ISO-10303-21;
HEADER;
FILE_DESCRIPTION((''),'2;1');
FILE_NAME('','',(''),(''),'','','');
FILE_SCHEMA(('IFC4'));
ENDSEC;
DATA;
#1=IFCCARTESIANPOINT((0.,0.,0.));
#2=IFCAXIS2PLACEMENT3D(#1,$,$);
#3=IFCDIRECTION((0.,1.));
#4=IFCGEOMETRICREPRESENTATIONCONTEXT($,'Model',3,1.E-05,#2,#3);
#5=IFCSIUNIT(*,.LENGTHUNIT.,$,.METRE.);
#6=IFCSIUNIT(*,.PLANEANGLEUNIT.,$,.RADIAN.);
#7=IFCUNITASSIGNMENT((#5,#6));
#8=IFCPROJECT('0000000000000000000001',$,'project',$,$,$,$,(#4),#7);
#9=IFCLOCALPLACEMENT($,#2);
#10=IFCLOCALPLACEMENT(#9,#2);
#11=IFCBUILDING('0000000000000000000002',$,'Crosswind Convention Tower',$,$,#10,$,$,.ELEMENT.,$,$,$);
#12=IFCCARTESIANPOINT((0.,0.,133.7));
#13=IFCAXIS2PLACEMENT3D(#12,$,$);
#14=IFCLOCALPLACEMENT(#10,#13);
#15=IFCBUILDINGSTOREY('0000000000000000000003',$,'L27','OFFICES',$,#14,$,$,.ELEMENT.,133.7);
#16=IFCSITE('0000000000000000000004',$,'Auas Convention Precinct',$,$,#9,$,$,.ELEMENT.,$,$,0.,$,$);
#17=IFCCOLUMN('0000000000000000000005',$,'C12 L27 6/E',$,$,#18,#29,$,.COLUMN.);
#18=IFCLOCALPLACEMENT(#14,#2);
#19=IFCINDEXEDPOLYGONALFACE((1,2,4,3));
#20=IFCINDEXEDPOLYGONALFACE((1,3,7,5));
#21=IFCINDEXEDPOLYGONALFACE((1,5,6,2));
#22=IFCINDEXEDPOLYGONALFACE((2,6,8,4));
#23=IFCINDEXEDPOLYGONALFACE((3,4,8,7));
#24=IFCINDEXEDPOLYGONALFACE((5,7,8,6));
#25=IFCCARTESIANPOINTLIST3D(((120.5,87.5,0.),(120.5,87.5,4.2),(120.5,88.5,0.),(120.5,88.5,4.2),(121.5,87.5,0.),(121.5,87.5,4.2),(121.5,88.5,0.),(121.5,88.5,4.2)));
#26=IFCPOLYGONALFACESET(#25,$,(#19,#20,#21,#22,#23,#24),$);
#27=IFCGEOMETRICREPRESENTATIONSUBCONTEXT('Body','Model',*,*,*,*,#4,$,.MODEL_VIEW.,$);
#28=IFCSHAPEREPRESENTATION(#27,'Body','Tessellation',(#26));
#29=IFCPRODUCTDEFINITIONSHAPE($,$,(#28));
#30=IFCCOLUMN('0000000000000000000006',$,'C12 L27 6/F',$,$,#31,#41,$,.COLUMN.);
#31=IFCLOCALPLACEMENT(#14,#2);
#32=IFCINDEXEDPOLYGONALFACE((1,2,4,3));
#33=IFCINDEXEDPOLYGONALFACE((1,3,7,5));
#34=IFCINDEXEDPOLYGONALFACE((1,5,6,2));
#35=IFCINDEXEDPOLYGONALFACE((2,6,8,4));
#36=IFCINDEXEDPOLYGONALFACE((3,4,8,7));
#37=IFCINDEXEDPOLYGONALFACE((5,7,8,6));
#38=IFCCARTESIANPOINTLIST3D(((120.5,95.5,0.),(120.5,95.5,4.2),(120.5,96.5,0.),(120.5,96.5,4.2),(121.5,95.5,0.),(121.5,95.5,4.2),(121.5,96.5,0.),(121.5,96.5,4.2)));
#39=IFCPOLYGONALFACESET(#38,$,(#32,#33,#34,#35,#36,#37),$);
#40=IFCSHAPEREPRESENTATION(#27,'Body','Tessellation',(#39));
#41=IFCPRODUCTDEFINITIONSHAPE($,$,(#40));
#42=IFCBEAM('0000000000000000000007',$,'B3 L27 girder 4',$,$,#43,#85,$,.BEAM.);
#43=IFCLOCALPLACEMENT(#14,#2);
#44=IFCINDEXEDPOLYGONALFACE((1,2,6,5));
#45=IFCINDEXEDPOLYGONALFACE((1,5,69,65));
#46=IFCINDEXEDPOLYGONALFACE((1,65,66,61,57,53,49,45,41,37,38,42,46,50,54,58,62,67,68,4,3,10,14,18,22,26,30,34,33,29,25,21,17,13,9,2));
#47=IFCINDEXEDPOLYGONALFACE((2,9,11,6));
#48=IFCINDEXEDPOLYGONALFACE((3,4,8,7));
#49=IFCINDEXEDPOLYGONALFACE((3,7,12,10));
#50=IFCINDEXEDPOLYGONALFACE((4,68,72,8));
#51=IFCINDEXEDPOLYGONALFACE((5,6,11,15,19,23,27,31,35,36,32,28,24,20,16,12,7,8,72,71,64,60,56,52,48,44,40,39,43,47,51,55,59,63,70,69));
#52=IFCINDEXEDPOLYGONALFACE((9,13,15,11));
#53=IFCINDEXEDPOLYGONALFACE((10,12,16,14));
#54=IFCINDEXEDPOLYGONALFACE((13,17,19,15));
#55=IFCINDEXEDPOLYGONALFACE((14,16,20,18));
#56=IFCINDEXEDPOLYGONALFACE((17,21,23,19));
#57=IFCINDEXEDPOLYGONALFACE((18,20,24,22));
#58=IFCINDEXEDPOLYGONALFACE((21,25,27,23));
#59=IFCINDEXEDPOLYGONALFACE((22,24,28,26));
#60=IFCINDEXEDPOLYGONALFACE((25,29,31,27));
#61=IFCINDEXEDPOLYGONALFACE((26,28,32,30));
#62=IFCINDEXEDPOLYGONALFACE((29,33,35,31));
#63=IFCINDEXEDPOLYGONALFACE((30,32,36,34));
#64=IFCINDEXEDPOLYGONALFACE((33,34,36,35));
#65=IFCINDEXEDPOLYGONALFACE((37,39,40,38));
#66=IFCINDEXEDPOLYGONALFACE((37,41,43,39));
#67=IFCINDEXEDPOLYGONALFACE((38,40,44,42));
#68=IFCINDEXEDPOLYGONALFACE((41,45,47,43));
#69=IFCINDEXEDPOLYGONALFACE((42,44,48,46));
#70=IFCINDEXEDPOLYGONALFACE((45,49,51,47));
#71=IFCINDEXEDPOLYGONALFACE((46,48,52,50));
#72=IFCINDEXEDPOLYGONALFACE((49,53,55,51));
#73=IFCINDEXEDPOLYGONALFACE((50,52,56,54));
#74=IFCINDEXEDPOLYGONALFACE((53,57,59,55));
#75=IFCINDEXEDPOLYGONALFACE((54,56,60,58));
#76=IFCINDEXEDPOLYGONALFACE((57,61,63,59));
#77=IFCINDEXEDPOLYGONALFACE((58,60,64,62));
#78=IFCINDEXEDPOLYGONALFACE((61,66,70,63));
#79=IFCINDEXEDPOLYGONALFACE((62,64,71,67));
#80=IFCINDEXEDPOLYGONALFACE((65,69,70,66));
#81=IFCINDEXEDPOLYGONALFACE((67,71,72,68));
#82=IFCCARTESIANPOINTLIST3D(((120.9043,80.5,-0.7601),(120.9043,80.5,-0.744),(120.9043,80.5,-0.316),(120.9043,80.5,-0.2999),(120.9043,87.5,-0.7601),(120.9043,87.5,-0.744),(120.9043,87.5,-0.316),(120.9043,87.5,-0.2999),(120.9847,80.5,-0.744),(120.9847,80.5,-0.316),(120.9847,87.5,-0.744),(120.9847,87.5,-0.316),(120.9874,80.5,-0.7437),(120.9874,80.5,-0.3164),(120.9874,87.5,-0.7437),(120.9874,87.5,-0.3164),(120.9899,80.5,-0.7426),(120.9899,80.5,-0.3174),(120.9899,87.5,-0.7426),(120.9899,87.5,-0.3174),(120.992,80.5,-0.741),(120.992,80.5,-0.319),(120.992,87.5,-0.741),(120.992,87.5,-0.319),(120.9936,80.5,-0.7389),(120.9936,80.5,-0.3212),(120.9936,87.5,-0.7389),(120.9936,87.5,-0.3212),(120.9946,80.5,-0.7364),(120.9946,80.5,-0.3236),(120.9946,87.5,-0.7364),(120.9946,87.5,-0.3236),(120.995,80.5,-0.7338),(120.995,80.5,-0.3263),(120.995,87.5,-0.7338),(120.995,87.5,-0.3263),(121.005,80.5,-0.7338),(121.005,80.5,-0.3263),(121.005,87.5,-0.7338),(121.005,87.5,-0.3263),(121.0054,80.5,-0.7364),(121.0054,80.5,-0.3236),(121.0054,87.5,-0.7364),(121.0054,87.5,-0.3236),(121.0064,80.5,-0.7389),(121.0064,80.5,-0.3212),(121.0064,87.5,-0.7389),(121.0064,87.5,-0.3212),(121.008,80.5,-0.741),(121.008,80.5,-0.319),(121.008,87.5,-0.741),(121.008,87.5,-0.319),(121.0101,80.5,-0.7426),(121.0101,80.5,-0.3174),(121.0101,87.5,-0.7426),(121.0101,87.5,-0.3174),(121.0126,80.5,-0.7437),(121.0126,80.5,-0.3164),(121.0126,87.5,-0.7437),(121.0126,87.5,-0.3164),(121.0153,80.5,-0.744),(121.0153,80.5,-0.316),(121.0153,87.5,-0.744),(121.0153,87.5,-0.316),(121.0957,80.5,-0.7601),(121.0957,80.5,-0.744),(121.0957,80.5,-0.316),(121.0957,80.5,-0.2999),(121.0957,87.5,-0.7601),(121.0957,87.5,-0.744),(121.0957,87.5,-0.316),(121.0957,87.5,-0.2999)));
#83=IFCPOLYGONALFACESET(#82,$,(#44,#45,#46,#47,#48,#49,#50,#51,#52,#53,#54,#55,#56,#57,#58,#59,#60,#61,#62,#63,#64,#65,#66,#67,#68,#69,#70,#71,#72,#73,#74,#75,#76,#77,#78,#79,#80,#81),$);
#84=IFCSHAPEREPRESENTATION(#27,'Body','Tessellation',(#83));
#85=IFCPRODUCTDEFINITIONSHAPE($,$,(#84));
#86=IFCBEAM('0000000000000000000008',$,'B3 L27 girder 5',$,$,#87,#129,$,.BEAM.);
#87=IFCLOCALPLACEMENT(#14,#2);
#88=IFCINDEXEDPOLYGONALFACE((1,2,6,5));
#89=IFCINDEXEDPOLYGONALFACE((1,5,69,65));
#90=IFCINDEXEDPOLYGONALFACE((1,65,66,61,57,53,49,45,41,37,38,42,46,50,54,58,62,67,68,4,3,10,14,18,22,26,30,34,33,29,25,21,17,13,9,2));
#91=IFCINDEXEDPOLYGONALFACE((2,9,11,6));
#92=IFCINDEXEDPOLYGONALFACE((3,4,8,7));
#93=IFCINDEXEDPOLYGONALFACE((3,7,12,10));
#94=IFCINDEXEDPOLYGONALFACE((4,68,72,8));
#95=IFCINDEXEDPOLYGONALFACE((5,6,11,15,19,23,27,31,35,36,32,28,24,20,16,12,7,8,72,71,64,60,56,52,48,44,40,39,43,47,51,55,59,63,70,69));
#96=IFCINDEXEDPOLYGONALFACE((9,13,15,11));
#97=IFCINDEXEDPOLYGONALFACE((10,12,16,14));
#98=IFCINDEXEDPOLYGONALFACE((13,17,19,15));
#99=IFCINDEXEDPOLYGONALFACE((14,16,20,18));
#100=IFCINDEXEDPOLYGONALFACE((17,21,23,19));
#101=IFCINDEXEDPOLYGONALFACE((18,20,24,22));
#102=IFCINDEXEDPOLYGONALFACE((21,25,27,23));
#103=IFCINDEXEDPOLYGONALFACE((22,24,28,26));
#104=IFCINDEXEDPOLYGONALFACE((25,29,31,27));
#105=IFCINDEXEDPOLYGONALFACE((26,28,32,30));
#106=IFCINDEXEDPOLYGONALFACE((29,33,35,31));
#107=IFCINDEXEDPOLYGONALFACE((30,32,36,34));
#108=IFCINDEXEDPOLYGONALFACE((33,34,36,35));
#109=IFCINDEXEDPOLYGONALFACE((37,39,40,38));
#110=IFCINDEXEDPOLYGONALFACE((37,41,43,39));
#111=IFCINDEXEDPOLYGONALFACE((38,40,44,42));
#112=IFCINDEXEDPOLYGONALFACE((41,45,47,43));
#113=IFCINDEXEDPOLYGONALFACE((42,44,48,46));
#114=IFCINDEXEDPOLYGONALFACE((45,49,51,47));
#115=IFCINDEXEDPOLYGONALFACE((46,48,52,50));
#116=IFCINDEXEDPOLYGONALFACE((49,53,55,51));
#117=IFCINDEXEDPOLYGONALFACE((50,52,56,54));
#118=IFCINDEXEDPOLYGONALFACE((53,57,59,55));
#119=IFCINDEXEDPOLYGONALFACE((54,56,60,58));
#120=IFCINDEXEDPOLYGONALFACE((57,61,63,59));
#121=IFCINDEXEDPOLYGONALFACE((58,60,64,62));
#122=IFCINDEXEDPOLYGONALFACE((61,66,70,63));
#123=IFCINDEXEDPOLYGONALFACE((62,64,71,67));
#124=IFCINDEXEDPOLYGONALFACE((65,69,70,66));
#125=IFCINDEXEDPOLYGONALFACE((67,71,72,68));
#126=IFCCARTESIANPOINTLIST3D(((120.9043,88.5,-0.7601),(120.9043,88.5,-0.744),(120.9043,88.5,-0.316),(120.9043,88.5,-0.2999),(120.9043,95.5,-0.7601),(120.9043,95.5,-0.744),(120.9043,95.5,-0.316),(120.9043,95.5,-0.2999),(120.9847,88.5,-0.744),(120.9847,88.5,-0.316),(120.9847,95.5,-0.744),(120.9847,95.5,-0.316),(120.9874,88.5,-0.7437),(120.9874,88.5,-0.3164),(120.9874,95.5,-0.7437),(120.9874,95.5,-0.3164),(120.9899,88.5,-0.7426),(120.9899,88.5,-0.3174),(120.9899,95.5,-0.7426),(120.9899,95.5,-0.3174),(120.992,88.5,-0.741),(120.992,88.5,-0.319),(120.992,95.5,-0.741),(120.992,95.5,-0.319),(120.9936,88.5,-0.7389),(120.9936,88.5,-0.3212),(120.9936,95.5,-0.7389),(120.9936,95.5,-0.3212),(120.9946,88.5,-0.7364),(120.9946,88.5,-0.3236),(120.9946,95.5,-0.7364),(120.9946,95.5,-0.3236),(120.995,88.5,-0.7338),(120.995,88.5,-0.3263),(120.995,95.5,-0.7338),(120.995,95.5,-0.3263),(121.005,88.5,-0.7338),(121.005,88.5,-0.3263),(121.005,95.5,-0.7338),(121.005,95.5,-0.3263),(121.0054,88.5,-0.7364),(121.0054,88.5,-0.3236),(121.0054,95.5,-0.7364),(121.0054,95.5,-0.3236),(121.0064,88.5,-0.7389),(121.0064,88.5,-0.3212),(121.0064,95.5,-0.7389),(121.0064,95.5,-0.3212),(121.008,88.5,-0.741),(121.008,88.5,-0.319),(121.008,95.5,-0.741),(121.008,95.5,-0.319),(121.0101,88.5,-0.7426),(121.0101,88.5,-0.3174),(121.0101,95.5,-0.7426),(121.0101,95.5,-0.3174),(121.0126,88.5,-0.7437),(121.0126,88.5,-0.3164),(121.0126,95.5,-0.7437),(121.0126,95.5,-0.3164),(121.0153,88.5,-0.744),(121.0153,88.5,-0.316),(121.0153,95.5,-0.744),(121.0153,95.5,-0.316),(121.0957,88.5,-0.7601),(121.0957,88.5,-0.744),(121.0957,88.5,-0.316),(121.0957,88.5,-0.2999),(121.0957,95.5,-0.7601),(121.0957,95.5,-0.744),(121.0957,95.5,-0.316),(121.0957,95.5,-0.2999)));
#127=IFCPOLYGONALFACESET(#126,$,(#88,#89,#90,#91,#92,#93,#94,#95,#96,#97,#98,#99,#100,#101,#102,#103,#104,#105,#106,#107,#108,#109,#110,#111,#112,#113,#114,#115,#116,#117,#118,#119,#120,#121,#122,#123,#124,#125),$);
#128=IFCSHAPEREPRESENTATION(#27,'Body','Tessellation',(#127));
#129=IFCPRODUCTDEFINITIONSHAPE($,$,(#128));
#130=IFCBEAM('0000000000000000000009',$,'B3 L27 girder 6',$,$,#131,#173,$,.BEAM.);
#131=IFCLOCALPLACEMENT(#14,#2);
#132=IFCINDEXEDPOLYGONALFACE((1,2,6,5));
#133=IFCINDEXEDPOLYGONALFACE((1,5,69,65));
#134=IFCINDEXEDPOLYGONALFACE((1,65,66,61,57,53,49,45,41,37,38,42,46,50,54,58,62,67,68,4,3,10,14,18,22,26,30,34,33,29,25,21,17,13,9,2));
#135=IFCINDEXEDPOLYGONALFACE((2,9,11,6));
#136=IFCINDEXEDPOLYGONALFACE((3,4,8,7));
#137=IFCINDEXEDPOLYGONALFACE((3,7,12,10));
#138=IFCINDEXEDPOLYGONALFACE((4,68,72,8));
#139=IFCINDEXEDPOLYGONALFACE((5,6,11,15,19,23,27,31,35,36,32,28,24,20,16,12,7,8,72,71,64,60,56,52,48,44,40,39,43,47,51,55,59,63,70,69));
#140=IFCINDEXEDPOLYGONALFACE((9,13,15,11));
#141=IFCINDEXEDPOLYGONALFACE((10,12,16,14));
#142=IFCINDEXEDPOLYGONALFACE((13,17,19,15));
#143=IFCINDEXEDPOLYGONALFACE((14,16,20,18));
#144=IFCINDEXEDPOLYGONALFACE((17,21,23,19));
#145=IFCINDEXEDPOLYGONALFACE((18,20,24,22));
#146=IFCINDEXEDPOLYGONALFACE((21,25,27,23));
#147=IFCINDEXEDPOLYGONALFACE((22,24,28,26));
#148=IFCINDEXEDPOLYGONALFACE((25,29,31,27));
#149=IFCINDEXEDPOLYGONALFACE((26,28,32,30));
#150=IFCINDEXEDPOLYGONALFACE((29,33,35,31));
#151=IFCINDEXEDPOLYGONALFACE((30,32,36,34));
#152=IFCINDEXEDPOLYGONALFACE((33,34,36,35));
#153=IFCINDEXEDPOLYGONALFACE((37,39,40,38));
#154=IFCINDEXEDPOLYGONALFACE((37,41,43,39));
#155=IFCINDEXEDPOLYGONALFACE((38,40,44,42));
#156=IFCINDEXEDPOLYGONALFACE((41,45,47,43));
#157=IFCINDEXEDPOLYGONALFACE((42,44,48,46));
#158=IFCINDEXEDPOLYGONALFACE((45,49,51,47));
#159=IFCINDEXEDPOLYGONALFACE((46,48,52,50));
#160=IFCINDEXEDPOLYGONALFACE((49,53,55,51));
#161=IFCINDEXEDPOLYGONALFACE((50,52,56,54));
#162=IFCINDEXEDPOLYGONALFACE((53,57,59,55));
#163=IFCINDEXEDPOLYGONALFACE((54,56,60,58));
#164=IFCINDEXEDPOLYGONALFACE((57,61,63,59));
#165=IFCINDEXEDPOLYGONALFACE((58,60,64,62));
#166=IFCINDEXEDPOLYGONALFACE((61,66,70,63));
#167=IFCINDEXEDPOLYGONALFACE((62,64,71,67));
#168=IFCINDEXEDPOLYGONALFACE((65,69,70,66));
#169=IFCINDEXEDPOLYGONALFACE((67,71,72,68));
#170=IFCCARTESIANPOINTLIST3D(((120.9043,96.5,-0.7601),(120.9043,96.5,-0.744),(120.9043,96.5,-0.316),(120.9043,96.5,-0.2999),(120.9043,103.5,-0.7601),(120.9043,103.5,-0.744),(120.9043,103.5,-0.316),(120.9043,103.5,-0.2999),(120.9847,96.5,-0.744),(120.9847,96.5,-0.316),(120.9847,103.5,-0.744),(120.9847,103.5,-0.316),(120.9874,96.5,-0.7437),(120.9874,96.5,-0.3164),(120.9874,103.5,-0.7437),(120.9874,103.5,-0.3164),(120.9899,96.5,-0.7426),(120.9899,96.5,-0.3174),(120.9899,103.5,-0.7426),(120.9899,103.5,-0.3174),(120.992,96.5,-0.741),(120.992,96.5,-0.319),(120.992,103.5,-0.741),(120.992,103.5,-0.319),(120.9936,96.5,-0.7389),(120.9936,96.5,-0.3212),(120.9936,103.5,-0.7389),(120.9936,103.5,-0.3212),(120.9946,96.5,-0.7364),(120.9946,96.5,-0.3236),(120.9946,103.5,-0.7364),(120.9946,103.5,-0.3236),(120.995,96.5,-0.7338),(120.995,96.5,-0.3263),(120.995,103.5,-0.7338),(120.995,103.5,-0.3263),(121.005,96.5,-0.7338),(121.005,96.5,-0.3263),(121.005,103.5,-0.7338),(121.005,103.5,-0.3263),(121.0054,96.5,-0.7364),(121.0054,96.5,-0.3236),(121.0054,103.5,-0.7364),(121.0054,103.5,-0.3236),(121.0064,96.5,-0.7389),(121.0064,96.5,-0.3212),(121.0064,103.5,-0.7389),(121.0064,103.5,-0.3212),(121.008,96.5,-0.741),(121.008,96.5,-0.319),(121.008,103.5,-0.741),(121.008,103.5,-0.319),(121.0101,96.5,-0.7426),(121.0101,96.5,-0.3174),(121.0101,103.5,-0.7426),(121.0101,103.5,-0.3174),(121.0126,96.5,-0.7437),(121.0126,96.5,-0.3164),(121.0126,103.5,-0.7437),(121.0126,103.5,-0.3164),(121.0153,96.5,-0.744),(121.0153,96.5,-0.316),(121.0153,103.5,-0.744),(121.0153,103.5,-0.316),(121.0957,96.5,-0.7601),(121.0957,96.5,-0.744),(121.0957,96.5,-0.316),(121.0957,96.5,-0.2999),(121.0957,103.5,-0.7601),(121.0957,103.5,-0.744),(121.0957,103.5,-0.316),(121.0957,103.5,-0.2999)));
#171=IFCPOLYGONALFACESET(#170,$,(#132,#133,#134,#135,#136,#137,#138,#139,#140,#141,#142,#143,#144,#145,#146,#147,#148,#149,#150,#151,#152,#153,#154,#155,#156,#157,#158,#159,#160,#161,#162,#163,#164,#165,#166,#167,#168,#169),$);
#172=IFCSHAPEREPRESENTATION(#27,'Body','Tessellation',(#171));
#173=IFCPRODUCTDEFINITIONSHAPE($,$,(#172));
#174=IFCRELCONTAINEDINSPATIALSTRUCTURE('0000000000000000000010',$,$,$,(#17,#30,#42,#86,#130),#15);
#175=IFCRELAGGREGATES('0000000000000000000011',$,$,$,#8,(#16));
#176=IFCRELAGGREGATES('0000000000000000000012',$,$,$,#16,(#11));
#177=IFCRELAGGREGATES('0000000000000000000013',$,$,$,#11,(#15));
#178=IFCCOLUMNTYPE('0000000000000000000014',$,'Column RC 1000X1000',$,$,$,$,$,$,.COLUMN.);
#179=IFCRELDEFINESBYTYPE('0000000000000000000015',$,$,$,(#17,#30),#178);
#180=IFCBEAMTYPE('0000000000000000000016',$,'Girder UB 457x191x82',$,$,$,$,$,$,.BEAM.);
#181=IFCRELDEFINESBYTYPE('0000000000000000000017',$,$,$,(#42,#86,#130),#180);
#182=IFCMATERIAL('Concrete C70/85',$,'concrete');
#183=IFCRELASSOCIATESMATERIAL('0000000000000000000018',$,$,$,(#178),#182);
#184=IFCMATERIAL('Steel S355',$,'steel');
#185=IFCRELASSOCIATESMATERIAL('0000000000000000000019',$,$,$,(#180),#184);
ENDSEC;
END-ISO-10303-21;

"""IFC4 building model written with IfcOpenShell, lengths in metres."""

from ifc_helpers import new_model, si_unit, direction, frame, origin, origin_2d, place, context, subcontext, project, spatial, rectangle, i_section, extrude, material, material_profile, profile_set, type_object, element, save


model = new_model("IFC4")

# Units and contexts
model_context = context("Model", 3, precision=1e-05, world=origin(), true_north=direction((0.0, 1.0)))
body_context = subcontext(model_context, "Body", "Model", "MODEL_VIEW")
ifc_project = project(units=[si_unit("LENGTHUNIT", "METRE"), si_unit("PLANEANGLEUNIT", "RADIAN")], contexts=[model_context])

# Site, building, storey
site_placement = place(None, origin())
site = spatial("IfcSite", under=ifc_project, at=site_placement, Name="Auas Convention Precinct", CompositionType="ELEMENT", RefElevation=0.0)
building_placement = place(site_placement, origin())
building = spatial("IfcBuilding", under=site, at=building_placement, Name="Crosswind Convention Tower", CompositionType="ELEMENT")
storey_placement = place(building_placement, frame((0.0, 0.0, 133.7)))
storey = spatial("IfcBuildingStorey", under=building, at=storey_placement, Name="L27", Description="OFFICES", CompositionType="ELEMENT", Elevation=133.7)

# Columns
ifc_material_1 = material(Name="Concrete C70/85", Category="concrete")
ifc_material_profile_1 = material_profile(ifc_material_1, rectangle(XDim=1.0, YDim=1.0, at=origin_2d()), Name="RC 1000X1000")
ifc_profile_set_1 = profile_set([ifc_material_profile_1], Name="Concrete C70/85")
column_type = type_object("IfcColumnType", Name="Column RC 1000X1000", PredefinedType="COLUMN", material=ifc_profile_set_1)
for number, where, z_axis, x_axis, name in (
    (1, (121.0, 88.0, 0.0), (0.0, 0.0, 1.0), (1.0, 0.0, 0.0), "C12 L27 6/E"),
    (2, (121.0, 96.0, 0.0), (0.0, 0.0, 1.0), (1.0, 0.0, 0.0), "C12 L27 6/F"),
):
    element("IfcColumn", number, at=place(storey_placement, frame(where, z_axis=z_axis, x_axis=x_axis)), inside=storey, type_object=column_type, Name=name, PredefinedType="COLUMN", context=body_context, shape_type="SweptSolid", body=[
        extrude(rectangle(XDim=1.0, YDim=1.0, at=origin_2d()), origin(), (0.0, 0.0, 1.0), 4.2),
    ])

# Beams
ifc_material_2 = material(Name="Steel S355", Category="steel")
ifc_material_profile_2 = material_profile(ifc_material_2, i_section(OverallWidth=0.1914, OverallDepth=0.4602, WebThickness=0.01, FlangeThickness=0.0161, FilletRadius=0.0103, at=origin_2d()), Name="UB 457x191x82")
ifc_profile_set_2 = profile_set([ifc_material_profile_2], Name="Steel S355")
beam_type_1 = type_object("IfcBeamType", Name="Girder UB 457x191x82", PredefinedType="BEAM", material=ifc_profile_set_2)
for number, where, z_axis, x_axis, name in (
    (3, (121.0, 80.5, -0.53), (0.0, 1.0, 0.0), (-1.0, 0.0, 0.0), "B3 L27 girder 4"),
    (4, (121.0, 88.5, -0.53), (0.0, 1.0, 0.0), (-1.0, 0.0, 0.0), "B3 L27 girder 5"),
    (5, (121.0, 96.5, -0.53), (0.0, 1.0, 0.0), (-1.0, 0.0, 0.0), "B3 L27 girder 6"),
):
    element("IfcBeam", number, at=place(storey_placement, frame(where, z_axis=z_axis, x_axis=x_axis)), inside=storey, type_object=beam_type_1, Name=name, PredefinedType="BEAM", context=body_context, shape_type="SweptSolid", body=[
        extrude(i_section(OverallWidth=0.1914, OverallDepth=0.4602, WebThickness=0.01, FlangeThickness=0.0161, FilletRadius=0.0103, at=origin_2d()), origin(), (0.0, 0.0, 1.0), 7.0),
    ])

save(model, "model.ifc")
